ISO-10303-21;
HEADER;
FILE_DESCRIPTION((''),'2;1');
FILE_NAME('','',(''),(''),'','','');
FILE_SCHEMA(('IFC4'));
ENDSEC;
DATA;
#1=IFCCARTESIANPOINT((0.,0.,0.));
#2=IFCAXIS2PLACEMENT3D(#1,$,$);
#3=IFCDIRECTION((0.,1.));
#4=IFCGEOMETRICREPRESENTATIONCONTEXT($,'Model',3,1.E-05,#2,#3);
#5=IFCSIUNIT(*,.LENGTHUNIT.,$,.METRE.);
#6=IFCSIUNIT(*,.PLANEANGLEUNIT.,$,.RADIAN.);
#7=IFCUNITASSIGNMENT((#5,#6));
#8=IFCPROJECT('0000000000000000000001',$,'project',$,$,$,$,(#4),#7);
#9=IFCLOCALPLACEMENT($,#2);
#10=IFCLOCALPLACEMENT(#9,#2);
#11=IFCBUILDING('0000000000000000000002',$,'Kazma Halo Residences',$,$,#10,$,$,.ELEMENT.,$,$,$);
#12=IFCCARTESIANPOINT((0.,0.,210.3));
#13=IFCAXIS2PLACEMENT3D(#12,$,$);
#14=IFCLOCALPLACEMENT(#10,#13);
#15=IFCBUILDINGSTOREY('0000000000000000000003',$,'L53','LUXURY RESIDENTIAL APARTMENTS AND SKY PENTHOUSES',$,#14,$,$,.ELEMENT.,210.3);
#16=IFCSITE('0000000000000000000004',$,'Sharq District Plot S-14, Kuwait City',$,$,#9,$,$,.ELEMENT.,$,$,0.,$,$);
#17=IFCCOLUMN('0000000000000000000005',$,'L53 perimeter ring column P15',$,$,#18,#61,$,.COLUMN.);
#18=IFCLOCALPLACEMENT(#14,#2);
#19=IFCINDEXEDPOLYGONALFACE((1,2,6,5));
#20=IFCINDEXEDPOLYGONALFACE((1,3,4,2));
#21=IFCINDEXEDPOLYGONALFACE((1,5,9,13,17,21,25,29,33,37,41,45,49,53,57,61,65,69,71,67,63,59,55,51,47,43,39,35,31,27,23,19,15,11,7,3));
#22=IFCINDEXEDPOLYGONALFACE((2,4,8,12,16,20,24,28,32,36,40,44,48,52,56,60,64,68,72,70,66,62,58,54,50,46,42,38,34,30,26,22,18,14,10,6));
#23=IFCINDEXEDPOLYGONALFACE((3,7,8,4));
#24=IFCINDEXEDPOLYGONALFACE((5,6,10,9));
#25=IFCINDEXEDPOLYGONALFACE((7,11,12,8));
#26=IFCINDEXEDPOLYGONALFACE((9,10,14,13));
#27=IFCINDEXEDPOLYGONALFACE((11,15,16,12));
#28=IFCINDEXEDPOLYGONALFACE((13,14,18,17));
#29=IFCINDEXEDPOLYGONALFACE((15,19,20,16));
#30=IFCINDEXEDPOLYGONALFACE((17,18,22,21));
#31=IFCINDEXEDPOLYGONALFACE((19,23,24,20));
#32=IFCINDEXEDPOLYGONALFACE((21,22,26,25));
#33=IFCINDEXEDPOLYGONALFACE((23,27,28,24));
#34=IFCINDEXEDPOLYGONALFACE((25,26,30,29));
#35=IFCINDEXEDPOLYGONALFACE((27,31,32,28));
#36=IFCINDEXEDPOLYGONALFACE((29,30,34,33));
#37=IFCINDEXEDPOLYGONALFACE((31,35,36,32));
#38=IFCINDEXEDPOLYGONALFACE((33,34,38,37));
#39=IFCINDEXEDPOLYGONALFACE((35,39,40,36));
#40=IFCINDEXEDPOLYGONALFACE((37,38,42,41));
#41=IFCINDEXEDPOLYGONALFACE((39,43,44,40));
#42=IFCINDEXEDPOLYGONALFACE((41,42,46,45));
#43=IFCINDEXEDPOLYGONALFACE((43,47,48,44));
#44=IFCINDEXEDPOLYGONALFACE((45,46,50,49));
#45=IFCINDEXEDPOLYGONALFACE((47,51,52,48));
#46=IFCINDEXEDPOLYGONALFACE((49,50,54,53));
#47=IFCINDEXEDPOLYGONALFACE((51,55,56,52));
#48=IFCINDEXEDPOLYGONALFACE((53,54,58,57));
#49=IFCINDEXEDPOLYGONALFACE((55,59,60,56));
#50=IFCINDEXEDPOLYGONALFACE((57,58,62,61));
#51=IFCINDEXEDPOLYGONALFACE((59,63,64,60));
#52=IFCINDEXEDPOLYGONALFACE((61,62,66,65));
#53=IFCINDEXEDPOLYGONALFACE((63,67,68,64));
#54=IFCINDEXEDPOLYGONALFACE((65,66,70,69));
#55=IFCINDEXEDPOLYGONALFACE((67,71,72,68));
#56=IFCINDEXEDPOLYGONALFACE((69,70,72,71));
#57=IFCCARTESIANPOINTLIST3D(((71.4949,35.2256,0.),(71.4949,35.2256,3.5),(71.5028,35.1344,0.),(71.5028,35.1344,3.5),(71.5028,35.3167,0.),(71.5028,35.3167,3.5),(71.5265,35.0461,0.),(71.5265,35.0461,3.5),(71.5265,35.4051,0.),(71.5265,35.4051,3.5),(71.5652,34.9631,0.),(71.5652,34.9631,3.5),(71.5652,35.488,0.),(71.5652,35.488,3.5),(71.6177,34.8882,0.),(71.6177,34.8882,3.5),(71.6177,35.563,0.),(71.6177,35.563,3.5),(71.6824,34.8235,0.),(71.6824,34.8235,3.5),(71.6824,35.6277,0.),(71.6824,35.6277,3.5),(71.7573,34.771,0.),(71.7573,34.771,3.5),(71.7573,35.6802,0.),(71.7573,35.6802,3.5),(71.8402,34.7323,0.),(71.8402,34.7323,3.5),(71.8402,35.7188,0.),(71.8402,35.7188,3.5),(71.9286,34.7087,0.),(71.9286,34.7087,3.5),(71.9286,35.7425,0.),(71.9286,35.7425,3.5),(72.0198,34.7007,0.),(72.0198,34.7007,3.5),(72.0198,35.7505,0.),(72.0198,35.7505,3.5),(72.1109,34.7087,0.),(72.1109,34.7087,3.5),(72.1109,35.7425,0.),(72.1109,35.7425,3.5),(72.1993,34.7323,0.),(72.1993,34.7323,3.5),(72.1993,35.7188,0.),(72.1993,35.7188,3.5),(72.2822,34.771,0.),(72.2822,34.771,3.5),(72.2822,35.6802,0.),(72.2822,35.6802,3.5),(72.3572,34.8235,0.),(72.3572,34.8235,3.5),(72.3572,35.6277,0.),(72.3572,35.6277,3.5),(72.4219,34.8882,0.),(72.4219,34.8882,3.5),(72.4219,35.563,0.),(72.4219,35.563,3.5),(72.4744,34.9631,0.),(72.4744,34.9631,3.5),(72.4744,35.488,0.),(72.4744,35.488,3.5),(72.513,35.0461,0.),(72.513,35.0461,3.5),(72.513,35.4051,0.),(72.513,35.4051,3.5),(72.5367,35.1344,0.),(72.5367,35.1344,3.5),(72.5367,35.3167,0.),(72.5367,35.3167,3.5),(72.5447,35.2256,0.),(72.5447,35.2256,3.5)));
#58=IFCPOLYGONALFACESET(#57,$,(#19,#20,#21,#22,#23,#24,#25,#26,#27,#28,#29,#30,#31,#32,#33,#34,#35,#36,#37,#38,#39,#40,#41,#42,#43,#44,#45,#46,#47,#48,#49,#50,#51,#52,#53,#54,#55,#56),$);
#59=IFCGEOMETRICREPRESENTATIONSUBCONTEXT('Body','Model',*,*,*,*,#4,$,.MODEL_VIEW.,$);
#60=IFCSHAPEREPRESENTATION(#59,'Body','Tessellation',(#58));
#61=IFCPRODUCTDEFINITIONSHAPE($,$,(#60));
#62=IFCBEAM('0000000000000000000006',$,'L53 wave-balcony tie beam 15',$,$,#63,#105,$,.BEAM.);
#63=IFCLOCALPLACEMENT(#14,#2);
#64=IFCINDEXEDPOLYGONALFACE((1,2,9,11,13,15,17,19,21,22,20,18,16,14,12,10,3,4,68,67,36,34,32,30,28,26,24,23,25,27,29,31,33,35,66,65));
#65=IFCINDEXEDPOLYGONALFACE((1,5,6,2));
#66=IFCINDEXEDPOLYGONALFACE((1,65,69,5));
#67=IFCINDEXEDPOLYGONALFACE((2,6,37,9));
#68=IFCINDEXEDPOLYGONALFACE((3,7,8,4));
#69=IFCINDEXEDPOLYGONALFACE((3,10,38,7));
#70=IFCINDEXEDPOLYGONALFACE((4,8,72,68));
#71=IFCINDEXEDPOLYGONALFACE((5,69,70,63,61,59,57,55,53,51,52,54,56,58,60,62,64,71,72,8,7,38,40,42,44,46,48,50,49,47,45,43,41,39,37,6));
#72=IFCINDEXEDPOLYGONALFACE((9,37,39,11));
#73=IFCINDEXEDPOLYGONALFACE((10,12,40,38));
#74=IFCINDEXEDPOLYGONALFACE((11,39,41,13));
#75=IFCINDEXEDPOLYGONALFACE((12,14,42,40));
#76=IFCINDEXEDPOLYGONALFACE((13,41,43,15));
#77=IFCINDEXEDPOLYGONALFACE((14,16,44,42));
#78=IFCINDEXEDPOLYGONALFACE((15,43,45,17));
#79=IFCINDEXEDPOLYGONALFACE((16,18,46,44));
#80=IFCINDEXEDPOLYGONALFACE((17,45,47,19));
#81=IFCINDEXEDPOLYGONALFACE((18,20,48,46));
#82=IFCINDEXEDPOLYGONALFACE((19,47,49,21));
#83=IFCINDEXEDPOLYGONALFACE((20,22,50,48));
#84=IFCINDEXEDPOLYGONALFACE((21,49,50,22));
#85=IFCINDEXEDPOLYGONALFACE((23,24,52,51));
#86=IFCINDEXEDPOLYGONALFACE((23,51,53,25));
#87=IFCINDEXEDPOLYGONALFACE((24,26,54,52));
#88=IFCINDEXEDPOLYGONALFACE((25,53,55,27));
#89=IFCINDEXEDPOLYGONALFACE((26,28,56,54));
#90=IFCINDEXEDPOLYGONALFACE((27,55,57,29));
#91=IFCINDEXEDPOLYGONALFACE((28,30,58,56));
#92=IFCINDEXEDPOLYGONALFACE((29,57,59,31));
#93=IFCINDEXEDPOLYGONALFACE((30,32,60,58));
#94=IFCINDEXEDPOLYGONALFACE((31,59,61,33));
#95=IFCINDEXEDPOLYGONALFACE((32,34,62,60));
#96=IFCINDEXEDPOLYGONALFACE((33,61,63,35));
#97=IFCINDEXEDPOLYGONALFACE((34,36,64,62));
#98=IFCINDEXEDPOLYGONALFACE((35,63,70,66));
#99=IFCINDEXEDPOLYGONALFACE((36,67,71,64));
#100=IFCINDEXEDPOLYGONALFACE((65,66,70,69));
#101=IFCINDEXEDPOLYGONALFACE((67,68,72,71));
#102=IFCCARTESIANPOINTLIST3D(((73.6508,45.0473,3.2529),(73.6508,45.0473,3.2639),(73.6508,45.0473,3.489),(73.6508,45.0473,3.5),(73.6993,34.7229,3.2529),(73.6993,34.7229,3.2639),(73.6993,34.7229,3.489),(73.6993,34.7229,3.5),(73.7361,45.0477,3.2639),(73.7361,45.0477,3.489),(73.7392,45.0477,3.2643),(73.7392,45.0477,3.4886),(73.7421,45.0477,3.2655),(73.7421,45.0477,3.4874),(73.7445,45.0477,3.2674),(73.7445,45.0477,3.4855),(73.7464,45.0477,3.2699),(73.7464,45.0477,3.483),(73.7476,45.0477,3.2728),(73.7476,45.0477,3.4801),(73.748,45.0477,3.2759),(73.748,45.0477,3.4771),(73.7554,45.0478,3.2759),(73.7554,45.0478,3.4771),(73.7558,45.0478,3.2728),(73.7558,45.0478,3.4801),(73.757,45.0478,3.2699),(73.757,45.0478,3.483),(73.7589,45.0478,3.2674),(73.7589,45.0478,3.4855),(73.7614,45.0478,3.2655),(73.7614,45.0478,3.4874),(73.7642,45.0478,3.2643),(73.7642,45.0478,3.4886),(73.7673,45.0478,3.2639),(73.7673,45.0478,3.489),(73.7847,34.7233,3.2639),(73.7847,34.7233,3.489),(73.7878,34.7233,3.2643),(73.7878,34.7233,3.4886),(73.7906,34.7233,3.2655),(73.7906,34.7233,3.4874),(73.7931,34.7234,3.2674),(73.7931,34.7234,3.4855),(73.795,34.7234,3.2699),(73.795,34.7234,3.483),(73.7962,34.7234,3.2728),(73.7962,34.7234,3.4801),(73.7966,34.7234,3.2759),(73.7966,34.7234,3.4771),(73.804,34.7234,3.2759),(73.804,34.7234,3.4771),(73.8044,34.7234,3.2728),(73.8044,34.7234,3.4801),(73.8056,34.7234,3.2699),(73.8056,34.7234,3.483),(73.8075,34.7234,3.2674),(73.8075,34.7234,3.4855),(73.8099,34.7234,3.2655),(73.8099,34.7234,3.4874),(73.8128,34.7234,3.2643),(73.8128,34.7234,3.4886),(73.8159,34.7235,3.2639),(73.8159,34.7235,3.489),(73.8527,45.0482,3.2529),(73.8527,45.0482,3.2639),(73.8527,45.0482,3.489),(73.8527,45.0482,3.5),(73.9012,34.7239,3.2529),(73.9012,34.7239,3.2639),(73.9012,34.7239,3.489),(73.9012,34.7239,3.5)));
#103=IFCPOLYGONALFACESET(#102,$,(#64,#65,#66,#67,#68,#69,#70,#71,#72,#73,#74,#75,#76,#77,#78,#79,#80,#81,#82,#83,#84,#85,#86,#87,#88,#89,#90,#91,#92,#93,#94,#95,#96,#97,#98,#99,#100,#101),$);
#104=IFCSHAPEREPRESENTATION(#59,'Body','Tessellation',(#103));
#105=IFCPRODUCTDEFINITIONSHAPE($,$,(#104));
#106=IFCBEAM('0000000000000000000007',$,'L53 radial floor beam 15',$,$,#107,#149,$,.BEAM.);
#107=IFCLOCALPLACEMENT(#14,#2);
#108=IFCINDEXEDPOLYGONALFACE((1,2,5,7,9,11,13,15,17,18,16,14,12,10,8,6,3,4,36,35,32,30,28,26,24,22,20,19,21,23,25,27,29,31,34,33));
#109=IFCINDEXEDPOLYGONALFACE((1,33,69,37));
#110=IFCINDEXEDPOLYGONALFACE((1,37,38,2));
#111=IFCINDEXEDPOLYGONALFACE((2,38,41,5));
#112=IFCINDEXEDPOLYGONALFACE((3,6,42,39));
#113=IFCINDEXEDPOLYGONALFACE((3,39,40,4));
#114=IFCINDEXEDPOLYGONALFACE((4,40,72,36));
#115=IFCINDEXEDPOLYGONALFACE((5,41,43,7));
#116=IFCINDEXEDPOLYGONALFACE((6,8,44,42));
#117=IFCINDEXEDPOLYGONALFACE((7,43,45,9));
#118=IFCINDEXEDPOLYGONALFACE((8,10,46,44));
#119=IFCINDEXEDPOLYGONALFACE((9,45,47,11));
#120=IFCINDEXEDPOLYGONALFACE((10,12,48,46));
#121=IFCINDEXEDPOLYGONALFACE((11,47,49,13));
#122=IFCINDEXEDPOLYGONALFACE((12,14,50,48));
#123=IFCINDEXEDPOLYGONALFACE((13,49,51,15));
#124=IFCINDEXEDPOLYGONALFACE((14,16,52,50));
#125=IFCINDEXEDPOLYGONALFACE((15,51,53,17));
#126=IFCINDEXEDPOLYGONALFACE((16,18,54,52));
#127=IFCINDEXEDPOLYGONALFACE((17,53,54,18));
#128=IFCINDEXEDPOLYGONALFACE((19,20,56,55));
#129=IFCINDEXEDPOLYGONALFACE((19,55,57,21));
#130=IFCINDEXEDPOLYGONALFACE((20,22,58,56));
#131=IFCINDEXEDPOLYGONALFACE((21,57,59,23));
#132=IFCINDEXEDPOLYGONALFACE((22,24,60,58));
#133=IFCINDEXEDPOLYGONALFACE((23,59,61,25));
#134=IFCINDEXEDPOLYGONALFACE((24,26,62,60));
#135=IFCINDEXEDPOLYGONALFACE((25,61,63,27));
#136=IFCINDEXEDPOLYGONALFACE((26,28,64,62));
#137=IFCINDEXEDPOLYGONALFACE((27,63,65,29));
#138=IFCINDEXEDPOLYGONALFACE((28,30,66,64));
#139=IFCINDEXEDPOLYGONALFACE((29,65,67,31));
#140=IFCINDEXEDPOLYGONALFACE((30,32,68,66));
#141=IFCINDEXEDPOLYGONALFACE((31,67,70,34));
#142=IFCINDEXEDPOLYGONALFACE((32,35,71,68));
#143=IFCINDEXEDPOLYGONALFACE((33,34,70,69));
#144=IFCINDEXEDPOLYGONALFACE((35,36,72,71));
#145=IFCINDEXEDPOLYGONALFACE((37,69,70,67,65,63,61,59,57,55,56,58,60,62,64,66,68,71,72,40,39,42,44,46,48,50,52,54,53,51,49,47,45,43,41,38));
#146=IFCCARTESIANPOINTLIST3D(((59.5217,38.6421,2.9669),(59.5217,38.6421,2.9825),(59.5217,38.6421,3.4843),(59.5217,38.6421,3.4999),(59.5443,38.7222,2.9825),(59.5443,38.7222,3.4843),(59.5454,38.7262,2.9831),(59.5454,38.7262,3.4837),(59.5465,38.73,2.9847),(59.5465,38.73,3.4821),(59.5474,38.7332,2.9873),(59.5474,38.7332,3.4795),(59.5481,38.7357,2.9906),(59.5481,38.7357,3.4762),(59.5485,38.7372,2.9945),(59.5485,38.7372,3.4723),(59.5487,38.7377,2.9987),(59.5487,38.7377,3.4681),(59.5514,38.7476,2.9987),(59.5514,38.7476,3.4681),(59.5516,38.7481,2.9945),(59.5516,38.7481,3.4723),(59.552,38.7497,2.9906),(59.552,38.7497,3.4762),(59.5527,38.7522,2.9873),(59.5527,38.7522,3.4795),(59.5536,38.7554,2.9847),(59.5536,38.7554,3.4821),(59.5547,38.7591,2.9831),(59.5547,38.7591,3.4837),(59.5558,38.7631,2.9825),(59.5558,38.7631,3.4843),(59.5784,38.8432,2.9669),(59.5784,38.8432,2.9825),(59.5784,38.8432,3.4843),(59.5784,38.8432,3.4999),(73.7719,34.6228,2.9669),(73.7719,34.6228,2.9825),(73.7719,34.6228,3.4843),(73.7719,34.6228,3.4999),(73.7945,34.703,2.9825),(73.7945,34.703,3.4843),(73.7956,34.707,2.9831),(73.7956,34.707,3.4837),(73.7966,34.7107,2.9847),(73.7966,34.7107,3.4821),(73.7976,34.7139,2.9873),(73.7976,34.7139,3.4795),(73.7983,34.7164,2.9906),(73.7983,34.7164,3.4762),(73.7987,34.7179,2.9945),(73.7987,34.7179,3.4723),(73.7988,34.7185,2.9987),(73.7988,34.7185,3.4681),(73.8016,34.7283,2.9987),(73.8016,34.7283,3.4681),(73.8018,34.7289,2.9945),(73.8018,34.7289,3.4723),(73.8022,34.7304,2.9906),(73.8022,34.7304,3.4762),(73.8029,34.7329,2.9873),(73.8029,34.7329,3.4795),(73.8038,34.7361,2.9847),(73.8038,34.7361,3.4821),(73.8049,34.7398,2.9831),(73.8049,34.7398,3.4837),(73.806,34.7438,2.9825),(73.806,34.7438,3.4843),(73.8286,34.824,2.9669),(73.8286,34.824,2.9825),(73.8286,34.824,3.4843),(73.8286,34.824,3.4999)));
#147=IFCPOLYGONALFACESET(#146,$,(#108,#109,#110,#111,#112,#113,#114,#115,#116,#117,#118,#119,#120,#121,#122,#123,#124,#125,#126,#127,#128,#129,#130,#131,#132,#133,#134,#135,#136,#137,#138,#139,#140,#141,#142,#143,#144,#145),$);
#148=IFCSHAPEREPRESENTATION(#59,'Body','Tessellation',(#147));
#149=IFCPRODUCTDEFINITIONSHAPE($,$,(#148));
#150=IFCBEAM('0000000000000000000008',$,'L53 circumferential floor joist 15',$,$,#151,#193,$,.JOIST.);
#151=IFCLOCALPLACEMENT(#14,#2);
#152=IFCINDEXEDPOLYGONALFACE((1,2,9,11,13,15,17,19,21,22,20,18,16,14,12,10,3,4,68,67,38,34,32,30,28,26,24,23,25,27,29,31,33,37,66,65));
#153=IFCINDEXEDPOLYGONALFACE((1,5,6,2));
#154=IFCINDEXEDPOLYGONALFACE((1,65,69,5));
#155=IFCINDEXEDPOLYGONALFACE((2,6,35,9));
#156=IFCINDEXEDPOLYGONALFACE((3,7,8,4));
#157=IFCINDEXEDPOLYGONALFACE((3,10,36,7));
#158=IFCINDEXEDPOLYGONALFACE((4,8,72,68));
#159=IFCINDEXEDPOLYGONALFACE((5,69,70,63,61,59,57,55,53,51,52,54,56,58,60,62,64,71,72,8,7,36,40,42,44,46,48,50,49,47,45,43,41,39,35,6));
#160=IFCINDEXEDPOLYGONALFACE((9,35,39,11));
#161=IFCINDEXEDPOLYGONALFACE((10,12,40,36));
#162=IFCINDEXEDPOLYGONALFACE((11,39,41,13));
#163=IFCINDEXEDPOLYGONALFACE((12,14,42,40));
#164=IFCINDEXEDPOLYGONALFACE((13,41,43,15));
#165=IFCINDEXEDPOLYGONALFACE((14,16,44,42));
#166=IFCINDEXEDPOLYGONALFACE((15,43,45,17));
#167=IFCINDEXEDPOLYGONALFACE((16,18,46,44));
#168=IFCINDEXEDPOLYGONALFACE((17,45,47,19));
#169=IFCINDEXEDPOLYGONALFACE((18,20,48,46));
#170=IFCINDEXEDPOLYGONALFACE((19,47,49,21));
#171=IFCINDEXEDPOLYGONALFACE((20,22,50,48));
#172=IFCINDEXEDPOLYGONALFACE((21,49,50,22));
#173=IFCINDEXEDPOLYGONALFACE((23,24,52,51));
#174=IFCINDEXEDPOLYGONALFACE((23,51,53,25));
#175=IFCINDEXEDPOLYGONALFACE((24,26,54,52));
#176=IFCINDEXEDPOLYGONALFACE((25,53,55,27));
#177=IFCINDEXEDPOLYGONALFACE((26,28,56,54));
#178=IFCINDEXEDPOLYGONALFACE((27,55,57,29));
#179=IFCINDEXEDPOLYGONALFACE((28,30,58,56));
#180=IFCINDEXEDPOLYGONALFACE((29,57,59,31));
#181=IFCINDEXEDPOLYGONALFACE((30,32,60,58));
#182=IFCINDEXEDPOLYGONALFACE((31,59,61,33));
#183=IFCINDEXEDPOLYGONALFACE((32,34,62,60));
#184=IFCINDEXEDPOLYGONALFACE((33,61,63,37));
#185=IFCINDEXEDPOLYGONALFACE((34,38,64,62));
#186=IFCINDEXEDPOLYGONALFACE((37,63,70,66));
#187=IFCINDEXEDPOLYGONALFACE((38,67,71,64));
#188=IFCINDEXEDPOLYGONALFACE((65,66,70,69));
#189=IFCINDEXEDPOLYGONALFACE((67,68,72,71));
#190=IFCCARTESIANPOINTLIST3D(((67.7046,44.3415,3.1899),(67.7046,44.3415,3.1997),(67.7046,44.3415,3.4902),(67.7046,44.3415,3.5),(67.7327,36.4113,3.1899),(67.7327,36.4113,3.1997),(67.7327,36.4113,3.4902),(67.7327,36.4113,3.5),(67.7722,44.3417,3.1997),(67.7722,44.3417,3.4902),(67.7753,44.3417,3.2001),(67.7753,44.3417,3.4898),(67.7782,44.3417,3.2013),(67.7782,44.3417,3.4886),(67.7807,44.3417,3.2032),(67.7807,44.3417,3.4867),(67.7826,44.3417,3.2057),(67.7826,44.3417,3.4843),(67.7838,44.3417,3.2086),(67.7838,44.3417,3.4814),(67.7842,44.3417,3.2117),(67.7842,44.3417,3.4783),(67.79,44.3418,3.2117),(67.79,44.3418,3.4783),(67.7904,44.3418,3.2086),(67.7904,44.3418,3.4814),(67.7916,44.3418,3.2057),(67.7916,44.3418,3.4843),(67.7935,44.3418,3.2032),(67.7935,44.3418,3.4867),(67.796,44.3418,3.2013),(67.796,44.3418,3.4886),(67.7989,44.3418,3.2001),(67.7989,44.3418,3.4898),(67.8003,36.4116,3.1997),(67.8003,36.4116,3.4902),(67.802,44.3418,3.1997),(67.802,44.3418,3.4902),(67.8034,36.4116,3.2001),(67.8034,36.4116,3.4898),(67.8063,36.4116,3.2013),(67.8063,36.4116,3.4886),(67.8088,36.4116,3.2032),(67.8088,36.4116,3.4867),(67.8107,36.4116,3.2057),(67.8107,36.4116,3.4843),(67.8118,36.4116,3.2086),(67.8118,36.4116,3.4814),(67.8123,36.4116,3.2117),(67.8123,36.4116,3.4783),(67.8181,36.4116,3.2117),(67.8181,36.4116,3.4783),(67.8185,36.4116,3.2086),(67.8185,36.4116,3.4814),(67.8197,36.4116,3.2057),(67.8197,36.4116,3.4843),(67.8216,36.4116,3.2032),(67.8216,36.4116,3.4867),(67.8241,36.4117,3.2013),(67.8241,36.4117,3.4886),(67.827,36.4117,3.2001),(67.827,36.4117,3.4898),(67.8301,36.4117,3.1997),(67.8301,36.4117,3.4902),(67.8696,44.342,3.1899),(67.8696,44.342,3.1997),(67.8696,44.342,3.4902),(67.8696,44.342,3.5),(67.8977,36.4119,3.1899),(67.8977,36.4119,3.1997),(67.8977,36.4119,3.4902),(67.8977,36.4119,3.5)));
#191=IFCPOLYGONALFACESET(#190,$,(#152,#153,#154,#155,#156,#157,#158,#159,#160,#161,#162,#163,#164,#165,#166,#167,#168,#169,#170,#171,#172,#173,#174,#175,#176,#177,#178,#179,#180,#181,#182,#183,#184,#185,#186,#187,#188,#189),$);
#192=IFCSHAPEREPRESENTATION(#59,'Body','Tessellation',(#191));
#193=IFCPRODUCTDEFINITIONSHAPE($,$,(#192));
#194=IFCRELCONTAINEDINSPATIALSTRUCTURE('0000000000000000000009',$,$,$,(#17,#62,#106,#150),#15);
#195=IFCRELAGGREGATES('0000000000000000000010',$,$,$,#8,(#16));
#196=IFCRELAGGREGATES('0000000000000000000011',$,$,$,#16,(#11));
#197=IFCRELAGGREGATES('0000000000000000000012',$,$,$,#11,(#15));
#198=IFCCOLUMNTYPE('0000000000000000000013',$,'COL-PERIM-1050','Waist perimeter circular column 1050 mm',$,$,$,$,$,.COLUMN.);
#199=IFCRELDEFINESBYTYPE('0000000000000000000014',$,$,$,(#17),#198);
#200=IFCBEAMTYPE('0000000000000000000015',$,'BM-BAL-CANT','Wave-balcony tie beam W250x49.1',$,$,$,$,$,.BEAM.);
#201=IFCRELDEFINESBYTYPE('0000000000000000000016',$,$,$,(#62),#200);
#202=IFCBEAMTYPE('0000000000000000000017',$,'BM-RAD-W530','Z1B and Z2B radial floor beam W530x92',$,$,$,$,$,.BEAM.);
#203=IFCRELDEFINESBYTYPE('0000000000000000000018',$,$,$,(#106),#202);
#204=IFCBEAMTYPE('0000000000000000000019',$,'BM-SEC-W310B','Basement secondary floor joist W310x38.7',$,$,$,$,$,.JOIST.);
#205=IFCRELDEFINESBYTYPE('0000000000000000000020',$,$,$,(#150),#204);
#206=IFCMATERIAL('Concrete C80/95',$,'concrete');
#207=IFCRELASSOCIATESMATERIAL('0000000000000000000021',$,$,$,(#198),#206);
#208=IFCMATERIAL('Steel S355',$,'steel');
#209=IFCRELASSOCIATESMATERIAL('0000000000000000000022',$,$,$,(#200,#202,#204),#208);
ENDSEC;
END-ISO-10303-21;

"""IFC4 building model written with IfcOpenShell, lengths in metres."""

from ifc_helpers import new_model, si_unit, direction, frame, origin, origin_2d, place, context, subcontext, project, spatial, circle, i_section, extrude, material, material_profile, profile_set, type_object, element, save


model = new_model("IFC4")

# Units and contexts
model_context = context("Model", 3, precision=1e-05, world=origin(), true_north=direction((0.0, 1.0)))
body_context = subcontext(model_context, "Body", "Model", "MODEL_VIEW")
ifc_project = project(units=[si_unit("LENGTHUNIT", "METRE"), si_unit("PLANEANGLEUNIT", "RADIAN")], contexts=[model_context])

# Site, building, storey
site_placement = place(None, origin())
site = spatial("IfcSite", under=ifc_project, at=site_placement, Name="Sharq District Plot S-14, Kuwait City", CompositionType="ELEMENT", RefElevation=0.0)
building_placement = place(site_placement, origin())
building = spatial("IfcBuilding", under=site, at=building_placement, Name="Kazma Halo Residences", CompositionType="ELEMENT")
storey_placement = place(building_placement, frame((0.0, 0.0, 210.3)))
storey = spatial("IfcBuildingStorey", under=building, at=storey_placement, Name="L53", Description="LUXURY RESIDENTIAL APARTMENTS AND SKY PENTHOUSES", CompositionType="ELEMENT", Elevation=210.3)

# Column
ifc_material_1 = material(Name="Concrete C80/95", Category="concrete")
ifc_material_profile_1 = material_profile(ifc_material_1, circle(Radius=0.5249, at=origin_2d()), Name="CIRC1050")
ifc_profile_set_1 = profile_set([ifc_material_profile_1], Name="Concrete C80/95")
column_type = type_object("IfcColumnType", Name="COL-PERIM-1050", Description="Waist perimeter circular column 1050 mm", PredefinedType="COLUMN", material=ifc_profile_set_1)
column_placement = place(storey_placement, frame((72.0198, 35.2256, 0.0), z_axis=(0.0, 0.0, 1.0), x_axis=(1.0, 0.0, 0.0)))
element("IfcColumn", 1, at=column_placement, inside=storey, type_object=column_type, Name="L53 perimeter ring column P15", PredefinedType="COLUMN", context=body_context, shape_type="SweptSolid", body=[
    extrude(circle(Radius=0.5249, at=origin_2d()), origin(), (0.0, 0.0, 1.0), 3.5),
])

# Beams
ifc_material_2 = material(Name="Steel S355", Category="steel")
ifc_material_profile_2 = material_profile(ifc_material_2, i_section(OverallWidth=0.2019, OverallDepth=0.2471, WebThickness=0.0073, FlangeThickness=0.011, FilletRadius=0.012, at=origin_2d()), Name="W250x49.1")
ifc_profile_set_2 = profile_set([ifc_material_profile_2], Name="Steel S355")
beam_type_1 = type_object("IfcBeamType", Name="BM-BAL-CANT", Description="Wave-balcony tie beam W250x49.1", PredefinedType="BEAM", material=ifc_profile_set_2)
beam_1_placement = place(storey_placement, frame((73.8003, 34.7234, 3.3765), z_axis=(-0.004706, 0.999989, 0.0), x_axis=(-0.999989, -0.004706, 0.0)))
element("IfcBeam", 2, at=beam_1_placement, inside=storey, type_object=beam_type_1, Name="L53 wave-balcony tie beam 15", PredefinedType="BEAM", context=body_context, shape_type="SweptSolid", body=[
    extrude(i_section(OverallWidth=0.2019, OverallDepth=0.2471, WebThickness=0.0073, FlangeThickness=0.011, FilletRadius=0.012, at=origin_2d()), origin(), (0.0, 0.0, 1.0), 10.3245),
])
ifc_material_profile_3 = material_profile(ifc_material_2, i_section(OverallWidth=0.209, OverallDepth=0.533, WebThickness=0.0103, FlangeThickness=0.0156, FilletRadius=0.0161, at=origin_2d()), Name="W530x92")
ifc_profile_set_3 = profile_set([ifc_material_profile_3], Name="Steel S355")
beam_type_2 = type_object("IfcBeamType", Name="BM-RAD-W530", Description="Z1B and Z2B radial floor beam W530x92", PredefinedType="BEAM", material=ifc_profile_set_3)
beam_2_placement = place(storey_placement, frame((59.55, 38.7427, 3.2334), z_axis=(0.96245, -0.271459, 0.0), x_axis=(0.271459, 0.96245, 0.0)))
element("IfcBeam", 3, at=beam_2_placement, inside=storey, type_object=beam_type_2, Name="L53 radial floor beam 15", PredefinedType="BEAM", context=body_context, shape_type="SweptSolid", body=[
    extrude(i_section(OverallWidth=0.209, OverallDepth=0.533, WebThickness=0.0103, FlangeThickness=0.0156, FilletRadius=0.0161, at=origin_2d()), origin(), (0.0, 0.0, 1.0), 14.8062),
])
ifc_material_profile_4 = material_profile(ifc_material_2, i_section(OverallWidth=0.165, OverallDepth=0.3101, WebThickness=0.0059, FlangeThickness=0.0098, FilletRadius=0.012, at=origin_2d()), Name="W310x38.7")
ifc_profile_set_4 = profile_set([ifc_material_profile_4], Name="Steel S355")
beam_type_3 = type_object("IfcBeamType", Name="BM-SEC-W310B", Description="Basement secondary floor joist W310x38.7", PredefinedType="JOIST", material=ifc_profile_set_4)
beam_3_placement = place(storey_placement, frame((67.8152, 36.4116, 3.345), z_axis=(-0.00354, 0.999994, 0.0), x_axis=(-0.999994, -0.00354, 0.0)))
element("IfcBeam", 4, at=beam_3_placement, inside=storey, type_object=beam_type_3, Name="L53 circumferential floor joist 15", PredefinedType="JOIST", context=body_context, shape_type="SweptSolid", body=[
    extrude(i_section(OverallWidth=0.165, OverallDepth=0.3101, WebThickness=0.0059, FlangeThickness=0.0098, FilletRadius=0.012, at=origin_2d()), origin(), (0.0, 0.0, 1.0), 7.9302),
])

save(model, "model.ifc")
